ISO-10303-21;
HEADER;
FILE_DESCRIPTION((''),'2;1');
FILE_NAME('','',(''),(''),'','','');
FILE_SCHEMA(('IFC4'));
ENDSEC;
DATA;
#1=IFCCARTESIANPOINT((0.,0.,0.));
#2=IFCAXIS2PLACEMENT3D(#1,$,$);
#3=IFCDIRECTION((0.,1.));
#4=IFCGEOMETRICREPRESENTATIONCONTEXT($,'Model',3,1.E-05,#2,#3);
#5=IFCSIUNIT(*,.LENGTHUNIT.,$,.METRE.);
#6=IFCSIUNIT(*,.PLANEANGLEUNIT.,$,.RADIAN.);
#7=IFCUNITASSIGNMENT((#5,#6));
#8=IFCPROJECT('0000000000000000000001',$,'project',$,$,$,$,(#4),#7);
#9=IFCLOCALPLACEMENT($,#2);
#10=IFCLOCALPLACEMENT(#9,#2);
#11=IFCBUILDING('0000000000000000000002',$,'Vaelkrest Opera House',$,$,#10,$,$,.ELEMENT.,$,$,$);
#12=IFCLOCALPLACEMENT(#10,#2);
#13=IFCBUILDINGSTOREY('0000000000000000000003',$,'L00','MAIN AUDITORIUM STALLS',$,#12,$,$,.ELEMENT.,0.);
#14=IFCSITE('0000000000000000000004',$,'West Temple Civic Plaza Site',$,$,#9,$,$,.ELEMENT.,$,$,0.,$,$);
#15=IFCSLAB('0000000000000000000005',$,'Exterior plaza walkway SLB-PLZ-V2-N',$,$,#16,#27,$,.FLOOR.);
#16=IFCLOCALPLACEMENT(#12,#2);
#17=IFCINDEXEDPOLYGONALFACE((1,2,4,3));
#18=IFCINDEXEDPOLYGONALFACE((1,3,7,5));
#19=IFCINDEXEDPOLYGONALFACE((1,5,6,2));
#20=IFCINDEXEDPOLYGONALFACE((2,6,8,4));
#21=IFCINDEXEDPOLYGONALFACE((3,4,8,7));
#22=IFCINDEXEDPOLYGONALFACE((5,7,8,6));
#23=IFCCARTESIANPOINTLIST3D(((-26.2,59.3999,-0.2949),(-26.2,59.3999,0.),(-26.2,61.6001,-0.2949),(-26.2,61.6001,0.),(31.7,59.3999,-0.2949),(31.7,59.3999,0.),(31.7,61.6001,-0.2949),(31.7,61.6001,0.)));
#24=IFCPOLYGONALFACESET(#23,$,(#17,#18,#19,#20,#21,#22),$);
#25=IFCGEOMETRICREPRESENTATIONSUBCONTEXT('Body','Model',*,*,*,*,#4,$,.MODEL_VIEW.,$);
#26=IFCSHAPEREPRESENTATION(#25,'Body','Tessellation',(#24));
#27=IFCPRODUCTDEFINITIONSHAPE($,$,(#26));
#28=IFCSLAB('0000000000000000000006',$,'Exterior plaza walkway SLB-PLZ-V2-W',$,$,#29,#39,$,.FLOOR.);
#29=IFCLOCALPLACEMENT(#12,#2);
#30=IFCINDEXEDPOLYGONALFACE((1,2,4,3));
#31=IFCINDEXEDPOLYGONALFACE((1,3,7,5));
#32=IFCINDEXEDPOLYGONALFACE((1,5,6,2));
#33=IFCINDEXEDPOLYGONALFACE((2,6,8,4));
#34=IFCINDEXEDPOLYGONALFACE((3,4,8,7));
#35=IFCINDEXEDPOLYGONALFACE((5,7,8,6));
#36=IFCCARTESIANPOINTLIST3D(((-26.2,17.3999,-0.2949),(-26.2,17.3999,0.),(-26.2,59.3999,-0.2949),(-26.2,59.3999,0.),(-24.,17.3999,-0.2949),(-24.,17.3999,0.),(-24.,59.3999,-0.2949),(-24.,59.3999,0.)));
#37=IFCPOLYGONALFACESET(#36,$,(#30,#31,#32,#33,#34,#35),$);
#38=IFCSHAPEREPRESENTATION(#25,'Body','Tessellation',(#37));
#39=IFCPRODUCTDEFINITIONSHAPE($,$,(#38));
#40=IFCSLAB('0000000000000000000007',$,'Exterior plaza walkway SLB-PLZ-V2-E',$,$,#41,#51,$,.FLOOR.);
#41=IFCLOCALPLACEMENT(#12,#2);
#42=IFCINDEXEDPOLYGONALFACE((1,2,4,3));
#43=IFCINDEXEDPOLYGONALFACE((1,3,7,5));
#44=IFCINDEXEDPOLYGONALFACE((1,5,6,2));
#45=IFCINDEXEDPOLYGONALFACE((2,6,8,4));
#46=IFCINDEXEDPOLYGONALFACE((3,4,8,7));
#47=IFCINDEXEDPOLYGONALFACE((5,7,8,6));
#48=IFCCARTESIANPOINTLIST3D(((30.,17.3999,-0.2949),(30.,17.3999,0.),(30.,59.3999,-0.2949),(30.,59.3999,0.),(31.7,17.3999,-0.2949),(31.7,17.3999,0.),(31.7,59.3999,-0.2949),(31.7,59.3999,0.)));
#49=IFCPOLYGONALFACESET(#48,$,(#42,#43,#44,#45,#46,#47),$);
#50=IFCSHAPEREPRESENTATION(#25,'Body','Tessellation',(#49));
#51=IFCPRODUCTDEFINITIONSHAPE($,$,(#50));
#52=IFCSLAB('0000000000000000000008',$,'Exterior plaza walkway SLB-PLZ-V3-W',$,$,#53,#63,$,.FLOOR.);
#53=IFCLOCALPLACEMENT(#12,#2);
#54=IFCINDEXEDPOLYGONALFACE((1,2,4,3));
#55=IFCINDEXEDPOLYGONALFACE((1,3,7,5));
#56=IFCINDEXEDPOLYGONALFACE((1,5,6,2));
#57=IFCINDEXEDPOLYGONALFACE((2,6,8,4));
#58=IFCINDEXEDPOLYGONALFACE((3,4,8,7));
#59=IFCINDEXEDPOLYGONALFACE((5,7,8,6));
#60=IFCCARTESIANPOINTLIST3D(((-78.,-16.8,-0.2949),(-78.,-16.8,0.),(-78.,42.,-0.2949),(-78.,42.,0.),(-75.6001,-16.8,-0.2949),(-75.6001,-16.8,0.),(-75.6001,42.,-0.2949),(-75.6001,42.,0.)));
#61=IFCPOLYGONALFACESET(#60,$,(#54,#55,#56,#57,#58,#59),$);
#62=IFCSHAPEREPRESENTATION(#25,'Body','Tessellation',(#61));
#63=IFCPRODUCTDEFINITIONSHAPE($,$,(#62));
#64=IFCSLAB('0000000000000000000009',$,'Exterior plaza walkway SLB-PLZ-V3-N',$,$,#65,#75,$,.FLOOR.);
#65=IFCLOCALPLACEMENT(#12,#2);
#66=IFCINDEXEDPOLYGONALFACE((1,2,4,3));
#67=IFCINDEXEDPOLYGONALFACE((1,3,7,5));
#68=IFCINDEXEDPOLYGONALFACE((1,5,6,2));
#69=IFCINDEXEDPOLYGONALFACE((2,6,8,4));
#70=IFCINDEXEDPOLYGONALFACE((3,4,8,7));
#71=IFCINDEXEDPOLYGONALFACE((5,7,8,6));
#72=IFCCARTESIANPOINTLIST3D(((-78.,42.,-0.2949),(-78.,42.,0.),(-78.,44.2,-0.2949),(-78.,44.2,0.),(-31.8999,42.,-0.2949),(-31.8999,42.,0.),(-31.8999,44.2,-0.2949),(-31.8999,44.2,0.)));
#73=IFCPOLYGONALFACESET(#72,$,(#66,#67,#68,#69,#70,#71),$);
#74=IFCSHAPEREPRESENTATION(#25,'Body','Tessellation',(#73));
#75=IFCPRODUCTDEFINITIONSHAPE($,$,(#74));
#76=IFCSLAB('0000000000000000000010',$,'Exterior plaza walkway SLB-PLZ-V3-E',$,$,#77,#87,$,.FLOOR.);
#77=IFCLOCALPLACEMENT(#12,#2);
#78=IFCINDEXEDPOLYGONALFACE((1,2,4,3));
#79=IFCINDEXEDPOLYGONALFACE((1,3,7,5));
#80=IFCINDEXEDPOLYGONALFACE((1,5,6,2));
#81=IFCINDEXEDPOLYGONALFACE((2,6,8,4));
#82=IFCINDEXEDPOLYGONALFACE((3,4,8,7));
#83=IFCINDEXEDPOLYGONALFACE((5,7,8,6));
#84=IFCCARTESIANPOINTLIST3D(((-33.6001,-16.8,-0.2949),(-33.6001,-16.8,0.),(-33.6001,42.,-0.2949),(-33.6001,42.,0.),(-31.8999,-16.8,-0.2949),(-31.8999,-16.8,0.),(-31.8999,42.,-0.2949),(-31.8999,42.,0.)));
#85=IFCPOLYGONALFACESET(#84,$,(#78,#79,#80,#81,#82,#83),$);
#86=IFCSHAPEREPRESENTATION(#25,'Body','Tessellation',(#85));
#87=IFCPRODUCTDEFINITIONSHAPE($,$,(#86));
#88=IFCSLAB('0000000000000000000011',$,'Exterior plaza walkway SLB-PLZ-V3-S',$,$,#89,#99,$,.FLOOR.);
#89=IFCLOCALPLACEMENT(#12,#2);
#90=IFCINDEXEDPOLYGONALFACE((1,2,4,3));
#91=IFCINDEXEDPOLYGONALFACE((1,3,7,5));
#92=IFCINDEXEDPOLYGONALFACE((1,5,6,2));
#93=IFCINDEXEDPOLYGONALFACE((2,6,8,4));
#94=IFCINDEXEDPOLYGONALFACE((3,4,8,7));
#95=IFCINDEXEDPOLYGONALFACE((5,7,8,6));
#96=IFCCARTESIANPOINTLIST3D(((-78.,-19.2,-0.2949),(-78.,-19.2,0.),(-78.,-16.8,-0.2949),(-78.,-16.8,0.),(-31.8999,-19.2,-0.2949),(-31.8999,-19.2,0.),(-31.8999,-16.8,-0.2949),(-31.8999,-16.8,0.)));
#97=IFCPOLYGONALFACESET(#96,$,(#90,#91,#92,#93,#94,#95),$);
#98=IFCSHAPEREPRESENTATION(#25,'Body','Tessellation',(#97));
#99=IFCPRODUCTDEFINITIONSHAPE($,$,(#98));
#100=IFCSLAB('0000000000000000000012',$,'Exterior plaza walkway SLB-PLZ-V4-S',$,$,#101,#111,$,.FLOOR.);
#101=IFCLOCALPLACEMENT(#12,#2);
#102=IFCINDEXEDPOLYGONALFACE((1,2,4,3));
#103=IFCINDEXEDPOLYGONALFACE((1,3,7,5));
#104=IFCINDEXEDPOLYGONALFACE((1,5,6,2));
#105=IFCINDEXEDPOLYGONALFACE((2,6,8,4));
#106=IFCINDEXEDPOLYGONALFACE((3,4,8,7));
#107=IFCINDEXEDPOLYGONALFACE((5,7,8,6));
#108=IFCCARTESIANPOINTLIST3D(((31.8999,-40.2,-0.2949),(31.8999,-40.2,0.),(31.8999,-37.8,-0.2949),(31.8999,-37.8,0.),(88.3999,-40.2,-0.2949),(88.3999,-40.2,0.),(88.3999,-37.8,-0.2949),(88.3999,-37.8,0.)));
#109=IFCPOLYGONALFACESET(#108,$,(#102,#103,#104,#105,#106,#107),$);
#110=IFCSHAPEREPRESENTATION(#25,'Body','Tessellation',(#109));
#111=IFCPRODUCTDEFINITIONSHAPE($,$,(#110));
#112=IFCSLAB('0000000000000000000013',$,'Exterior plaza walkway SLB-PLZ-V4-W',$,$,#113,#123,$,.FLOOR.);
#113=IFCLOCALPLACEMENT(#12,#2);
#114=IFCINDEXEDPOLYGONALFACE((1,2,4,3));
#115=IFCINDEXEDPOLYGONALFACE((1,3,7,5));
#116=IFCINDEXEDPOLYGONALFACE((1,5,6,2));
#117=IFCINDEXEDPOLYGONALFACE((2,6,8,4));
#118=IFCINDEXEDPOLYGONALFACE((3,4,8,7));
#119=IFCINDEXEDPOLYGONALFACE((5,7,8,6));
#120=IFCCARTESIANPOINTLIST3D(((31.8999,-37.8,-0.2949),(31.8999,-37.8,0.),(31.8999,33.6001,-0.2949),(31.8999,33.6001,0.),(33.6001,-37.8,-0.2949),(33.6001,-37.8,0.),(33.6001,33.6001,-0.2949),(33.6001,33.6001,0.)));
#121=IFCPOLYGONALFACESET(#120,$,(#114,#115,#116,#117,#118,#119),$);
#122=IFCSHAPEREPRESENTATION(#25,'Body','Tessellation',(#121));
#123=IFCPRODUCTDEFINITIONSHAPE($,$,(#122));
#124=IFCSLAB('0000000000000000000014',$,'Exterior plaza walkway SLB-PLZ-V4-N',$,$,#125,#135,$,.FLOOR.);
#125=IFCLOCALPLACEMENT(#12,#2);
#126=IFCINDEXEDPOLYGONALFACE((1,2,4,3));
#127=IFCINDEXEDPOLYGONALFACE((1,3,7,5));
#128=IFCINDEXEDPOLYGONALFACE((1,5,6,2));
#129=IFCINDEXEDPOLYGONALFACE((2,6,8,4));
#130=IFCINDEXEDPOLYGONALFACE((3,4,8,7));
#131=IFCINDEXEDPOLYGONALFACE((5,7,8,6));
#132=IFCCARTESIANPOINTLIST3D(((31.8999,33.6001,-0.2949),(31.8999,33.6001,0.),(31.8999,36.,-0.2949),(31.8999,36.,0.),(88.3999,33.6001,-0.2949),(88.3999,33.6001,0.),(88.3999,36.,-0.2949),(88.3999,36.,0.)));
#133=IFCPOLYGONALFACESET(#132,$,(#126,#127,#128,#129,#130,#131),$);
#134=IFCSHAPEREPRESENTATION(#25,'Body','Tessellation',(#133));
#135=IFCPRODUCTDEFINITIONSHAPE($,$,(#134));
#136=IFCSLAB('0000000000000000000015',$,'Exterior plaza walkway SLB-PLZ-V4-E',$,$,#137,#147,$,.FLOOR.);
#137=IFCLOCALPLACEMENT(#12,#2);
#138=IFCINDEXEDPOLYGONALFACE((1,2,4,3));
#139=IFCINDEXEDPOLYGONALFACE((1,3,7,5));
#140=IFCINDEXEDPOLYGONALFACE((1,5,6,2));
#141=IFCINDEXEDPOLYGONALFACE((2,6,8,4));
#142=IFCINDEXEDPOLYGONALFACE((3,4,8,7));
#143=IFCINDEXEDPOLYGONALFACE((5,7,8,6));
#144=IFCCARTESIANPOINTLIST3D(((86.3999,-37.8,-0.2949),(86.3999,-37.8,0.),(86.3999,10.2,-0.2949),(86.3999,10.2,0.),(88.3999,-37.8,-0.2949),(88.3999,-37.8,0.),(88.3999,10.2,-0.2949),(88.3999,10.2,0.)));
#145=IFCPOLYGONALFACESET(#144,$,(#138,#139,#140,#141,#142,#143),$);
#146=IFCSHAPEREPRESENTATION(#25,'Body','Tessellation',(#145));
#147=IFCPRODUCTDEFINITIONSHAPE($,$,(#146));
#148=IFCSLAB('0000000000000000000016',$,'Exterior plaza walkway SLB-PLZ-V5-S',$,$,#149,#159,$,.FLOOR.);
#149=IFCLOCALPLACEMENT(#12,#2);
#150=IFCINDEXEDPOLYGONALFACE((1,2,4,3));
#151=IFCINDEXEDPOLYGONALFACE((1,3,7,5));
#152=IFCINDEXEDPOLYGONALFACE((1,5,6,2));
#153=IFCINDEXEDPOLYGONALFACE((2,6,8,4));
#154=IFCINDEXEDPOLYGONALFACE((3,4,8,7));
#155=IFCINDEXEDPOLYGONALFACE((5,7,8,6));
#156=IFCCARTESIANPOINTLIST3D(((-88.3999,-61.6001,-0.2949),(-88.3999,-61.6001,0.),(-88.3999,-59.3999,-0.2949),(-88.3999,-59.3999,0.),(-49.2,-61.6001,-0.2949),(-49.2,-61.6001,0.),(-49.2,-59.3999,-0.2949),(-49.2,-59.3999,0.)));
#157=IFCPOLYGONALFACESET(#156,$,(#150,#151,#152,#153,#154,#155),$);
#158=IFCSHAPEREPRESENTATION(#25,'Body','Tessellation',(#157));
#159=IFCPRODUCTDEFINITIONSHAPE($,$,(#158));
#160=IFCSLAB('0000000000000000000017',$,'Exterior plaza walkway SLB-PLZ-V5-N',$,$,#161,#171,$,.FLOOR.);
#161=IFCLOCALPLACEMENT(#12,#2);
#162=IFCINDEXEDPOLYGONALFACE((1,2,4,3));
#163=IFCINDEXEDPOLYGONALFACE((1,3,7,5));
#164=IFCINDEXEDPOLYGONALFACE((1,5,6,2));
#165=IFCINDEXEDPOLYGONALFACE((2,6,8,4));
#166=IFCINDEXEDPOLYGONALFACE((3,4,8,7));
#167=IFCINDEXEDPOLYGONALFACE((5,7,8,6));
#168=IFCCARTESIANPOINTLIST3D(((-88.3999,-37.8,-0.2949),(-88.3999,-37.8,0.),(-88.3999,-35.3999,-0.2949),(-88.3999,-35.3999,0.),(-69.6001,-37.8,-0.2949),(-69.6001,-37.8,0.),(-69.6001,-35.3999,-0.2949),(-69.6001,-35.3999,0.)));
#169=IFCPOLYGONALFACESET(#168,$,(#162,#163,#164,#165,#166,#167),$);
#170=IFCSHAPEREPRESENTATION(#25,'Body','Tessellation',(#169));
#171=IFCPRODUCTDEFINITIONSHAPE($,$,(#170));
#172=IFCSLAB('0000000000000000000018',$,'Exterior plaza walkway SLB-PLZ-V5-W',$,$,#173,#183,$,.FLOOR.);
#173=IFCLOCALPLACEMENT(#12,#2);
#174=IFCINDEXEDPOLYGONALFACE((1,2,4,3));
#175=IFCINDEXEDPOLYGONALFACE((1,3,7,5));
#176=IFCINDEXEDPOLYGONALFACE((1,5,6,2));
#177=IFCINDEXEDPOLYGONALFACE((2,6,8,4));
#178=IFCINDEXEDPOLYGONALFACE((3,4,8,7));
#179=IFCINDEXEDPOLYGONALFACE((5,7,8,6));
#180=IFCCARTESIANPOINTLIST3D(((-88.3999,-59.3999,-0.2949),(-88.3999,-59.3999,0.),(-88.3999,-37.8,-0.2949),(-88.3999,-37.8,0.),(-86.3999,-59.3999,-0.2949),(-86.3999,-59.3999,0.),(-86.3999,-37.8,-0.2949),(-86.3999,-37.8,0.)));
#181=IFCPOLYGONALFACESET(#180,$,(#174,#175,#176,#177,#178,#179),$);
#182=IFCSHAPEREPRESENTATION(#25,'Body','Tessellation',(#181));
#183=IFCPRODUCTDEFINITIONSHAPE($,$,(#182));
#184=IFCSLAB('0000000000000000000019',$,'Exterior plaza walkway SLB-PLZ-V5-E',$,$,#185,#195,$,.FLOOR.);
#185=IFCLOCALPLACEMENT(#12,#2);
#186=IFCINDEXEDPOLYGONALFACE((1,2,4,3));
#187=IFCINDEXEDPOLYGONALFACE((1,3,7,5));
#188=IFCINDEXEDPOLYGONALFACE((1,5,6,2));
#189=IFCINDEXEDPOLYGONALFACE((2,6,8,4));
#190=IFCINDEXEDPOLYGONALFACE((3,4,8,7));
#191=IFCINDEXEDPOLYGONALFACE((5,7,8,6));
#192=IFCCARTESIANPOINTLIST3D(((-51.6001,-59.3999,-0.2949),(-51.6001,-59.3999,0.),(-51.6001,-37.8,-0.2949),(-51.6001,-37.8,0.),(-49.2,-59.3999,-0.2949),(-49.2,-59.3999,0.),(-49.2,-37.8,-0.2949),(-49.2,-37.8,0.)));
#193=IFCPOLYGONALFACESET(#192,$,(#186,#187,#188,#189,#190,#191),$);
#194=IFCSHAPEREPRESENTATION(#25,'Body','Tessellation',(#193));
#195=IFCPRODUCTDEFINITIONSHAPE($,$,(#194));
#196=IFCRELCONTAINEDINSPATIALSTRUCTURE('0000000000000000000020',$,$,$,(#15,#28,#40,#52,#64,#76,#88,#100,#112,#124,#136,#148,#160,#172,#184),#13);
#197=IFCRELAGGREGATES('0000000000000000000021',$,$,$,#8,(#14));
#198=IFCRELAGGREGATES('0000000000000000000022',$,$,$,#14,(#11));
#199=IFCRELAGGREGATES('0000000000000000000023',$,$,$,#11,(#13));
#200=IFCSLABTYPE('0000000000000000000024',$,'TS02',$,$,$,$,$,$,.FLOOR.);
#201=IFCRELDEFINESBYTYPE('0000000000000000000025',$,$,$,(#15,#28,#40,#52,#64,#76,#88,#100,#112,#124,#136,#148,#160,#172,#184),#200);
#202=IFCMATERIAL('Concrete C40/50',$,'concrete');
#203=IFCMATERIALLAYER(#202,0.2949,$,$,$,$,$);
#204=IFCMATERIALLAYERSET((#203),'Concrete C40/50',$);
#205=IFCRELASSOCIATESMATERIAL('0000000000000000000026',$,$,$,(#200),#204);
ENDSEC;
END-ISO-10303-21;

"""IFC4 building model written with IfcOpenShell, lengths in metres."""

from ifc_helpers import new_model, si_unit, direction, frame, origin, place, context, subcontext, project, spatial, polyline, outline, extrude, material, layer, layer_set, type_object, element, save


model = new_model("IFC4")

# Units and contexts
model_context = context("Model", 3, precision=1e-05, world=origin(), true_north=direction((0.0, 1.0)))
body_context = subcontext(model_context, "Body", "Model", "MODEL_VIEW")
ifc_project = project(units=[si_unit("LENGTHUNIT", "METRE"), si_unit("PLANEANGLEUNIT", "RADIAN")], contexts=[model_context])

# Site, building, storey
site_placement = place(None, origin())
site = spatial("IfcSite", under=ifc_project, at=site_placement, Name="West Temple Civic Plaza Site", CompositionType="ELEMENT", RefElevation=0.0)
building_placement = place(site_placement, origin())
building = spatial("IfcBuilding", under=site, at=building_placement, Name="Vaelkrest Opera House", CompositionType="ELEMENT")
storey_placement = place(building_placement, origin())
storey = spatial("IfcBuildingStorey", under=building, at=storey_placement, Name="L00", Description="MAIN AUDITORIUM STALLS", CompositionType="ELEMENT", Elevation=0.0)

# Shared definitions
ifc_material_1 = material(Name="Concrete C40/50", Category="concrete")

# Slabs
ifc_layer_1 = layer(ifc_material_1, 0.2949)
ifc_layer_set_1 = layer_set([ifc_layer_1], Name="Concrete C40/50")
slab_type_1 = type_object("IfcSlabType", Name="TS02", PredefinedType="FLOOR", material=ifc_layer_set_1)
slab_1_placement = place(storey_placement, frame((0.0, 0.0, -0.2949)))
element("IfcSlab", 1, at=slab_1_placement, inside=storey, type_object=slab_type_1, Name="Exterior plaza walkway SLB-PLZ-V2-N", PredefinedType="FLOOR", context=body_context, shape_type="SweptSolid", body=[
    extrude(outline(polyline([(-26.2, 59.3999), (31.7, 59.3999), (31.7, 61.6001), (-26.2, 61.6001), (-26.2, 59.3999)])), origin(), (0.0, 0.0, 1.0), 0.2949),
])
slab_2_placement = place(storey_placement, frame((0.0, 0.0, -0.2949)))
element("IfcSlab", 2, at=slab_2_placement, inside=storey, type_object=slab_type_1, Name="Exterior plaza walkway SLB-PLZ-V2-W", PredefinedType="FLOOR", context=body_context, shape_type="SweptSolid", body=[
    extrude(outline(polyline([(-26.2, 17.3999), (-24.0, 17.3999), (-24.0, 59.3999), (-26.2, 59.3999), (-26.2, 17.3999)])), origin(), (0.0, 0.0, 1.0), 0.2949),
])
slab_3_placement = place(storey_placement, frame((0.0, 0.0, -0.2949)))
element("IfcSlab", 3, at=slab_3_placement, inside=storey, type_object=slab_type_1, Name="Exterior plaza walkway SLB-PLZ-V2-E", PredefinedType="FLOOR", context=body_context, shape_type="SweptSolid", body=[
    extrude(outline(polyline([(30.0, 17.3999), (31.7, 17.3999), (31.7, 59.3999), (30.0, 59.3999), (30.0, 17.3999)])), origin(), (0.0, 0.0, 1.0), 0.2949),
])
slab_4_placement = place(storey_placement, frame((0.0, 0.0, -0.2949)))
element("IfcSlab", 4, at=slab_4_placement, inside=storey, type_object=slab_type_1, Name="Exterior plaza walkway SLB-PLZ-V3-W", PredefinedType="FLOOR", context=body_context, shape_type="SweptSolid", body=[
    extrude(outline(polyline([(-78.0, -16.8), (-75.6001, -16.8), (-75.6001, 42.0), (-78.0, 42.0), (-78.0, -16.8)])), origin(), (0.0, 0.0, 1.0), 0.2949),
])
slab_5_placement = place(storey_placement, frame((0.0, 0.0, -0.2949)))
element("IfcSlab", 5, at=slab_5_placement, inside=storey, type_object=slab_type_1, Name="Exterior plaza walkway SLB-PLZ-V3-N", PredefinedType="FLOOR", context=body_context, shape_type="SweptSolid", body=[
    extrude(outline(polyline([(-78.0, 42.0), (-31.8999, 42.0), (-31.8999, 44.2), (-78.0, 44.2), (-78.0, 42.0)])), origin(), (0.0, 0.0, 1.0), 0.2949),
])
slab_6_placement = place(storey_placement, frame((0.0, 0.0, -0.2949)))
element("IfcSlab", 6, at=slab_6_placement, inside=storey, type_object=slab_type_1, Name="Exterior plaza walkway SLB-PLZ-V3-E", PredefinedType="FLOOR", context=body_context, shape_type="SweptSolid", body=[
    extrude(outline(polyline([(-33.6001, -16.8), (-31.8999, -16.8), (-31.8999, 42.0), (-33.6001, 42.0), (-33.6001, -16.8)])), origin(), (0.0, 0.0, 1.0), 0.2949),
])
slab_7_placement = place(storey_placement, frame((0.0, 0.0, -0.2949)))
element("IfcSlab", 7, at=slab_7_placement, inside=storey, type_object=slab_type_1, Name="Exterior plaza walkway SLB-PLZ-V3-S", PredefinedType="FLOOR", context=body_context, shape_type="SweptSolid", body=[
    extrude(outline(polyline([(-78.0, -19.2), (-31.8999, -19.2), (-31.8999, -16.8), (-78.0, -16.8), (-78.0, -19.2)])), origin(), (0.0, 0.0, 1.0), 0.2949),
])
slab_8_placement = place(storey_placement, frame((0.0, 0.0, -0.2949)))
element("IfcSlab", 8, at=slab_8_placement, inside=storey, type_object=slab_type_1, Name="Exterior plaza walkway SLB-PLZ-V4-S", PredefinedType="FLOOR", context=body_context, shape_type="SweptSolid", body=[
    extrude(outline(polyline([(31.8999, -40.2), (88.3999, -40.2), (88.3999, -37.8), (31.8999, -37.8), (31.8999, -40.2)])), origin(), (0.0, 0.0, 1.0), 0.2949),
])
slab_9_placement = place(storey_placement, frame((0.0, 0.0, -0.2949)))
element("IfcSlab", 9, at=slab_9_placement, inside=storey, type_object=slab_type_1, Name="Exterior plaza walkway SLB-PLZ-V4-W", PredefinedType="FLOOR", context=body_context, shape_type="SweptSolid", body=[
    extrude(outline(polyline([(31.8999, -37.8), (33.6001, -37.8), (33.6001, 33.6001), (31.8999, 33.6001), (31.8999, -37.8)])), origin(), (0.0, 0.0, 1.0), 0.2949),
])
slab_10_placement = place(storey_placement, frame((0.0, 0.0, -0.2949)))
element("IfcSlab", 10, at=slab_10_placement, inside=storey, type_object=slab_type_1, Name="Exterior plaza walkway SLB-PLZ-V4-N", PredefinedType="FLOOR", context=body_context, shape_type="SweptSolid", body=[
    extrude(outline(polyline([(31.8999, 33.6001), (88.3999, 33.6001), (88.3999, 36.0), (31.8999, 36.0), (31.8999, 33.6001)])), origin(), (0.0, 0.0, 1.0), 0.2949),
])
slab_11_placement = place(storey_placement, frame((0.0, 0.0, -0.2949)))
element("IfcSlab", 11, at=slab_11_placement, inside=storey, type_object=slab_type_1, Name="Exterior plaza walkway SLB-PLZ-V4-E", PredefinedType="FLOOR", context=body_context, shape_type="SweptSolid", body=[
    extrude(outline(polyline([(86.3999, -37.8), (88.3999, -37.8), (88.3999, 10.2), (86.3999, 10.2), (86.3999, -37.8)])), origin(), (0.0, 0.0, 1.0), 0.2949),
])
slab_12_placement = place(storey_placement, frame((0.0, 0.0, -0.2949)))
element("IfcSlab", 12, at=slab_12_placement, inside=storey, type_object=slab_type_1, Name="Exterior plaza walkway SLB-PLZ-V5-S", PredefinedType="FLOOR", context=body_context, shape_type="SweptSolid", body=[
    extrude(outline(polyline([(-88.3999, -61.6001), (-49.2, -61.6001), (-49.2, -59.3999), (-88.3999, -59.3999), (-88.3999, -61.6001)])), origin(), (0.0, 0.0, 1.0), 0.2949),
])
slab_13_placement = place(storey_placement, frame((0.0, 0.0, -0.2949)))
element("IfcSlab", 13, at=slab_13_placement, inside=storey, type_object=slab_type_1, Name="Exterior plaza walkway SLB-PLZ-V5-N", PredefinedType="FLOOR", context=body_context, shape_type="SweptSolid", body=[
    extrude(outline(polyline([(-88.3999, -37.8), (-69.6001, -37.8), (-69.6001, -35.3999), (-88.3999, -35.3999), (-88.3999, -37.8)])), origin(), (0.0, 0.0, 1.0), 0.2949),
])
slab_14_placement = place(storey_placement, frame((0.0, 0.0, -0.2949)))
element("IfcSlab", 14, at=slab_14_placement, inside=storey, type_object=slab_type_1, Name="Exterior plaza walkway SLB-PLZ-V5-W", PredefinedType="FLOOR", context=body_context, shape_type="SweptSolid", body=[
    extrude(outline(polyline([(-88.3999, -59.3999), (-86.3999, -59.3999), (-86.3999, -37.8), (-88.3999, -37.8), (-88.3999, -59.3999)])), origin(), (0.0, 0.0, 1.0), 0.2949),
])
slab_15_placement = place(storey_placement, frame((0.0, 0.0, -0.2949)))
element("IfcSlab", 15, at=slab_15_placement, inside=storey, type_object=slab_type_1, Name="Exterior plaza walkway SLB-PLZ-V5-E", PredefinedType="FLOOR", context=body_context, shape_type="SweptSolid", body=[
    extrude(outline(polyline([(-51.6001, -59.3999), (-49.2, -59.3999), (-49.2, -37.8), (-51.6001, -37.8), (-51.6001, -59.3999)])), origin(), (0.0, 0.0, 1.0), 0.2949),
])

save(model, "model.ifc")
